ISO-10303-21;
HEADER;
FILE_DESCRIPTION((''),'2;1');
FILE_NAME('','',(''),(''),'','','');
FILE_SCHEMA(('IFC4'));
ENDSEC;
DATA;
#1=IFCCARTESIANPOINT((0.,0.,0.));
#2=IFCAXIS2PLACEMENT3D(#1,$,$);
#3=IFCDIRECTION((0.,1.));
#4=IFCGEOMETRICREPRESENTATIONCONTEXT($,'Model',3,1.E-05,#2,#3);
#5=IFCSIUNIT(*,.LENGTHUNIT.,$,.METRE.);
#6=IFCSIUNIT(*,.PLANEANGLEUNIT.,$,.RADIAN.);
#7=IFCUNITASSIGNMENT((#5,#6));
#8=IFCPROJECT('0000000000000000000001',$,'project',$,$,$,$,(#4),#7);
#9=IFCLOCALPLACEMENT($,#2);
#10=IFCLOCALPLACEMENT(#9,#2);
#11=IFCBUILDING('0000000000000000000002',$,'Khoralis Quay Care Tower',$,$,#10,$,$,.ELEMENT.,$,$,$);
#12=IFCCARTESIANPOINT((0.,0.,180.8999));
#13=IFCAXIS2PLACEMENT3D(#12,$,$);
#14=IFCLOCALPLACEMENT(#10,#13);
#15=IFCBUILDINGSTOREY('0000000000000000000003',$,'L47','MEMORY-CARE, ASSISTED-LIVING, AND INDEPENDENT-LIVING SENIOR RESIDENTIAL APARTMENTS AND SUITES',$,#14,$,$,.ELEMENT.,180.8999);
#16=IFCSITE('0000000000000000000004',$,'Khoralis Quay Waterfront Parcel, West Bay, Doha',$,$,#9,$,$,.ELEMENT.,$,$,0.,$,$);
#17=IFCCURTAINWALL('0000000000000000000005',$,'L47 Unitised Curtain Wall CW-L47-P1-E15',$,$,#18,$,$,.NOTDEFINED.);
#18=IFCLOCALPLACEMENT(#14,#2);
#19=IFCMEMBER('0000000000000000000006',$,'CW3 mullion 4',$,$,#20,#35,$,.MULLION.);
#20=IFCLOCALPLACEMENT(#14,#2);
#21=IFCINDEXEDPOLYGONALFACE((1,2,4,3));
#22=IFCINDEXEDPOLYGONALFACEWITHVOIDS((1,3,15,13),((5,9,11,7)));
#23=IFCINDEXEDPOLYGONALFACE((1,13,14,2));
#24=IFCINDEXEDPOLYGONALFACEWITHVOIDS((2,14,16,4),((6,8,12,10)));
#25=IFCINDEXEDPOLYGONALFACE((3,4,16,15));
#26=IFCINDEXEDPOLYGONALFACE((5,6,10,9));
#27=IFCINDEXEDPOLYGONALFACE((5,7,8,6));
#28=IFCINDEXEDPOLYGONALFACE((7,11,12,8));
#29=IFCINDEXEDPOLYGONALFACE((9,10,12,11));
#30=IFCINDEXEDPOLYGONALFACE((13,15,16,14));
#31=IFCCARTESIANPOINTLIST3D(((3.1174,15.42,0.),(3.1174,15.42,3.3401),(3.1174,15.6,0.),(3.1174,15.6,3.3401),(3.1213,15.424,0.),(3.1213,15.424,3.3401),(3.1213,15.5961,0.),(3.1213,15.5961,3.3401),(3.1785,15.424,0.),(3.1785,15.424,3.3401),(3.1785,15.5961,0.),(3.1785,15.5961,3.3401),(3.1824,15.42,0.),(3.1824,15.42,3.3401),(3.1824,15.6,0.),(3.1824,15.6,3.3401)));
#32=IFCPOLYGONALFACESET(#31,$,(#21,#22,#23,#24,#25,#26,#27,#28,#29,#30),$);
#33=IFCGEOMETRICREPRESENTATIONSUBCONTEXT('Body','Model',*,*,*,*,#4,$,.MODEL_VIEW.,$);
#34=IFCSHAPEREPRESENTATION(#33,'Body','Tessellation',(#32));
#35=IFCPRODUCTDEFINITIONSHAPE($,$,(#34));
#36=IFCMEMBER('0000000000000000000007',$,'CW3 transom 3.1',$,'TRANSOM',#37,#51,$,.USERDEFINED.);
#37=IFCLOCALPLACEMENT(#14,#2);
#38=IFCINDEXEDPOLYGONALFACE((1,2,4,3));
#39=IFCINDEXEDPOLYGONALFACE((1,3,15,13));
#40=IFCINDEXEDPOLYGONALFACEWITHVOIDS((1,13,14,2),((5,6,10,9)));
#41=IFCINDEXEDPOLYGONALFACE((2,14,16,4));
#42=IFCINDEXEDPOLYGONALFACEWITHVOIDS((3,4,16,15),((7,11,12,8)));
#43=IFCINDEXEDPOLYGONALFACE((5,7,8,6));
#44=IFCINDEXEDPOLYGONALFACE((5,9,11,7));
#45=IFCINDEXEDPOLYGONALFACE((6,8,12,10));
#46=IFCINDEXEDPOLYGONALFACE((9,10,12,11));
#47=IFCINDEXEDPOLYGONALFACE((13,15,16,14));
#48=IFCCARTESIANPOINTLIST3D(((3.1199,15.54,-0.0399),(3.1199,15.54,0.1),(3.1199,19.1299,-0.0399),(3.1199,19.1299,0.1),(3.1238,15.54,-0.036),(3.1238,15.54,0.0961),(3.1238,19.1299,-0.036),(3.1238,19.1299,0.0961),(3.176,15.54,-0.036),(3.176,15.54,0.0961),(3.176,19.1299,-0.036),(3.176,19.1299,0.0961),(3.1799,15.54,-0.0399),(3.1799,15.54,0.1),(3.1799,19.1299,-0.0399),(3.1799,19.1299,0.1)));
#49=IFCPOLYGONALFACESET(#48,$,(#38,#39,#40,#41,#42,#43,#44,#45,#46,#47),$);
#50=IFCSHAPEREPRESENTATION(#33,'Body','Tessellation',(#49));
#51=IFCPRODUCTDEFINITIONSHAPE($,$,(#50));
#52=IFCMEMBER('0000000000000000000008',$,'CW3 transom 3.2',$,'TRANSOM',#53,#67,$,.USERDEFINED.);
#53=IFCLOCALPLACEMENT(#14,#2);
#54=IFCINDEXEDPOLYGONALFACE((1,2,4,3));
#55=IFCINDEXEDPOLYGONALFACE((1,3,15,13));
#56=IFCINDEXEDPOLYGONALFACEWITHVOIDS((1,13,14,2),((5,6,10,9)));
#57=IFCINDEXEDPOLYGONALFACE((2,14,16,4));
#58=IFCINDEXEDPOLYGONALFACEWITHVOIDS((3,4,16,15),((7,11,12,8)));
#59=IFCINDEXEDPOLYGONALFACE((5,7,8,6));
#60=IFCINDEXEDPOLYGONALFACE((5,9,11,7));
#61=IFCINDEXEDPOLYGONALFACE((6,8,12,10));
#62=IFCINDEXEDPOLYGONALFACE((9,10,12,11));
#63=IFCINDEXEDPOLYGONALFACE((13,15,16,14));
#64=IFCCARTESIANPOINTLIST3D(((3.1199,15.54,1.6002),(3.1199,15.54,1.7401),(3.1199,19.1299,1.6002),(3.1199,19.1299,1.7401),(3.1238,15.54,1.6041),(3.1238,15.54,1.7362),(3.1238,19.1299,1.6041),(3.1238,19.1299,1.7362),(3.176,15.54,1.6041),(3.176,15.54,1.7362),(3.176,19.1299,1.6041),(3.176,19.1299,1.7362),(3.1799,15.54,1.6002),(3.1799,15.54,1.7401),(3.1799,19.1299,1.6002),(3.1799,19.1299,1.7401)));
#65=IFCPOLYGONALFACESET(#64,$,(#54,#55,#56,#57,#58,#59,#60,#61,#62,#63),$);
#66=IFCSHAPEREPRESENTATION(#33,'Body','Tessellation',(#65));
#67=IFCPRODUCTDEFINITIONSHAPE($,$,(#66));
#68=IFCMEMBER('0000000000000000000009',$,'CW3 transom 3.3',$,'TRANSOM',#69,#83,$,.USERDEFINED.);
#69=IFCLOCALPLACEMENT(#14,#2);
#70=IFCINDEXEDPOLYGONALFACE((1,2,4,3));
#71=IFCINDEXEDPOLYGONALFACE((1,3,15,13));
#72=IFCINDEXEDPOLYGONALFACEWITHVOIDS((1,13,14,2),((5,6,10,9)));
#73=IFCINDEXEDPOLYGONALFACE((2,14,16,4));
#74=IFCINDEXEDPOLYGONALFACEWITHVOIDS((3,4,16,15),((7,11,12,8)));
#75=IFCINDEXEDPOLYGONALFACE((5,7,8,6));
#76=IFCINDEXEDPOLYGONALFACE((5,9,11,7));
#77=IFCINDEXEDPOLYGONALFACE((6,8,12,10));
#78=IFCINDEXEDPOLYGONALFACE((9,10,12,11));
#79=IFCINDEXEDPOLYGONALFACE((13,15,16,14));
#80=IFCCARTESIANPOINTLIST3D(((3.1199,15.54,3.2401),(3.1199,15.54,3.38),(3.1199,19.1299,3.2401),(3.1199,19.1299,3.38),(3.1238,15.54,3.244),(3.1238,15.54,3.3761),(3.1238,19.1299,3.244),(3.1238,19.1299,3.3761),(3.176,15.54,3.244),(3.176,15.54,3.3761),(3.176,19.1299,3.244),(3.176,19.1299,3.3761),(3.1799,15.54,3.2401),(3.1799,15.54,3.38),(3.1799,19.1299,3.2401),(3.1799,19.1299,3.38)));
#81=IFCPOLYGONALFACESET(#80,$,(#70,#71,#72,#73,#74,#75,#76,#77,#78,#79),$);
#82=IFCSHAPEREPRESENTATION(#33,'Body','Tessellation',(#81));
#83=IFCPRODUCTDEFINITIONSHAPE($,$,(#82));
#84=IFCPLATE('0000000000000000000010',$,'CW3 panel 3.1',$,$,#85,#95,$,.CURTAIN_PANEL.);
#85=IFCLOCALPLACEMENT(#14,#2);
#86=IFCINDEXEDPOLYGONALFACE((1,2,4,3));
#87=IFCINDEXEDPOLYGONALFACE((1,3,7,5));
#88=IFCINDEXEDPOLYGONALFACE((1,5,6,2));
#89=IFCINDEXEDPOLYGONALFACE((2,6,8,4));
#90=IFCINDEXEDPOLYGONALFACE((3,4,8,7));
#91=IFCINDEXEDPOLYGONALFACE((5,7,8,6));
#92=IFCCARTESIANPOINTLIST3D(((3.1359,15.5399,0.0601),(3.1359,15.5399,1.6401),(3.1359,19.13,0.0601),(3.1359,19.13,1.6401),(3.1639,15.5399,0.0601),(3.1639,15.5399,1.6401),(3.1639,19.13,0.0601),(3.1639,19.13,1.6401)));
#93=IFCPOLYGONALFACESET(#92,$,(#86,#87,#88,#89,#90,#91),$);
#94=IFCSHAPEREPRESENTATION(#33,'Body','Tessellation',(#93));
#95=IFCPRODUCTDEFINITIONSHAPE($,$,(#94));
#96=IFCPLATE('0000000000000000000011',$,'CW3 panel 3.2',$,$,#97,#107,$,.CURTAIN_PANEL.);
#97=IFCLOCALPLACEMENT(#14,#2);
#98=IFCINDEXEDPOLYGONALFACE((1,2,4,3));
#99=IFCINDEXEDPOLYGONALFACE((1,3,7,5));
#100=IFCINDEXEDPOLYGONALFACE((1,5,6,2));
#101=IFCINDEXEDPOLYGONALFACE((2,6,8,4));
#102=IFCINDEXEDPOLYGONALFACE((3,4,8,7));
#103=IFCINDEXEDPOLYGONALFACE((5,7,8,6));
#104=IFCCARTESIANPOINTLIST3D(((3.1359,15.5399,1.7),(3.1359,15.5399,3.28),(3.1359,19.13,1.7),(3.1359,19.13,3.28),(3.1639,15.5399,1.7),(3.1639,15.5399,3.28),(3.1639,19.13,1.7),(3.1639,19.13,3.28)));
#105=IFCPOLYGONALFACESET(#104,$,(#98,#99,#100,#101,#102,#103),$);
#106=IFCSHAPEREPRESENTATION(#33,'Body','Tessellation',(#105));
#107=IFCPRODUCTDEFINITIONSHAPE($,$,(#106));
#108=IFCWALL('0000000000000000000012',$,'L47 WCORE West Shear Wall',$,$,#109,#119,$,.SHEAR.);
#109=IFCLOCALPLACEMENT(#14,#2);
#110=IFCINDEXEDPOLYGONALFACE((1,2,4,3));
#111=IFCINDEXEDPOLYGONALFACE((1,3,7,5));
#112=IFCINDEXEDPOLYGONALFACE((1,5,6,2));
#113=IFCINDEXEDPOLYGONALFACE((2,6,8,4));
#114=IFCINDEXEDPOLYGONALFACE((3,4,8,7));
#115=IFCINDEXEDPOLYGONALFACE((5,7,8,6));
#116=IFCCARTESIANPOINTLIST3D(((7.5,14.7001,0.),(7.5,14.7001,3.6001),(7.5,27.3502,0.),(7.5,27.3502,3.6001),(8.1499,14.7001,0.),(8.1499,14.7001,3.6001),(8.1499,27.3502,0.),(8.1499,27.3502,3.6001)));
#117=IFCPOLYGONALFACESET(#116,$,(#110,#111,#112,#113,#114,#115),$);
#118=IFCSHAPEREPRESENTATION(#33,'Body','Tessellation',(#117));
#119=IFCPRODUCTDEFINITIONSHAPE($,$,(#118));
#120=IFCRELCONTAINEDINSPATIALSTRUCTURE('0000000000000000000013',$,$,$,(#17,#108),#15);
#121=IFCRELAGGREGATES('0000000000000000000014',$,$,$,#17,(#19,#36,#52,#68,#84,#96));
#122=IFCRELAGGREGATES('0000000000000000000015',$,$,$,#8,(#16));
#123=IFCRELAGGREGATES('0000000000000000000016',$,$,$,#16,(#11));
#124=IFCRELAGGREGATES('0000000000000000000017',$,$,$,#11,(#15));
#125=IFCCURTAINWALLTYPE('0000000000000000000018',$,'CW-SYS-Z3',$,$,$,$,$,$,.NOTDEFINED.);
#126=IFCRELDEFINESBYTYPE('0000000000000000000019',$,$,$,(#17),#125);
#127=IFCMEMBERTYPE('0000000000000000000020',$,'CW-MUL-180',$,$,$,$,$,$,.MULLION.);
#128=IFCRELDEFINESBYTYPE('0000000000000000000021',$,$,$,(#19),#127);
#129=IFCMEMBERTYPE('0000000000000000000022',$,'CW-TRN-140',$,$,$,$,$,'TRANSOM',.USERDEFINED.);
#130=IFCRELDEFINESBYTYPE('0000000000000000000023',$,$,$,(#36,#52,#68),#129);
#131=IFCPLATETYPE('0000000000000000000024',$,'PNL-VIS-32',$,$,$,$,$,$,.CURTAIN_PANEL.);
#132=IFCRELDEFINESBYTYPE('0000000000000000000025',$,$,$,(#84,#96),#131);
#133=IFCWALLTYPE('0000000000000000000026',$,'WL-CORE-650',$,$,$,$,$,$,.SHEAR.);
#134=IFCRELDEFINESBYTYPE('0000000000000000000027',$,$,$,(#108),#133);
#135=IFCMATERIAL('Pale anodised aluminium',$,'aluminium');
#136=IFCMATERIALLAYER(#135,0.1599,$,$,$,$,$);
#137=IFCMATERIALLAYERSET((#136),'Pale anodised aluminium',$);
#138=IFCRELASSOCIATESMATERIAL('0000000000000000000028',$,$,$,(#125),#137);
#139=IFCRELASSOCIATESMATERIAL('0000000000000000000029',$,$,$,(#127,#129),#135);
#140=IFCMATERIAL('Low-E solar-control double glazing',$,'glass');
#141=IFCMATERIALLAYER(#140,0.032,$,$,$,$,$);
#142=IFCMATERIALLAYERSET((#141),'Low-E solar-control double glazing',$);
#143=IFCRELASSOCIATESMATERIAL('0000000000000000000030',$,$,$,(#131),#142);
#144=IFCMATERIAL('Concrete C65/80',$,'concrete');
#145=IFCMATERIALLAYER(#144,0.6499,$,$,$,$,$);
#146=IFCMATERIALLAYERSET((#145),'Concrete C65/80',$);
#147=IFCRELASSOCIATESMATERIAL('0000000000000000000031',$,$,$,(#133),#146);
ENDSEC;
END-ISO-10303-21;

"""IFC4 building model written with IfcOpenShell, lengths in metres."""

from ifc_helpers import new_model, si_unit, direction, frame, frame_2d, origin, origin_2d, place, context, subcontext, project, spatial, rectangle, hollow_rectangle, extrude, source, transform, mapped, material, layer, layer_set, material_profile, profile_set, type_object, element, aggregate, save


model = new_model("IFC4")

# Units and contexts
model_context = context("Model", 3, precision=1e-05, world=origin(), true_north=direction((0.0, 1.0)))
body_context = subcontext(model_context, "Body", "Model", "MODEL_VIEW")
ifc_project = project(units=[si_unit("LENGTHUNIT", "METRE"), si_unit("PLANEANGLEUNIT", "RADIAN")], contexts=[model_context])

# Site, building, storey
site_placement = place(None, origin())
site = spatial("IfcSite", under=ifc_project, at=site_placement, Name="Khoralis Quay Waterfront Parcel, West Bay, Doha", CompositionType="ELEMENT", RefElevation=0.0)
building_placement = place(site_placement, origin())
building = spatial("IfcBuilding", under=site, at=building_placement, Name="Khoralis Quay Care Tower", CompositionType="ELEMENT")
storey_placement = place(building_placement, frame((0.0, 0.0, 180.8999)))
storey = spatial("IfcBuildingStorey", under=building, at=storey_placement, Name="L47", Description="MEMORY-CARE, ASSISTED-LIVING, AND INDEPENDENT-LIVING SENIOR RESIDENTIAL APARTMENTS AND SUITES", CompositionType="ELEMENT", Elevation=180.8999)

# Shared definitions
ifc_material_1 = material(Name="Concrete C65/80", Category="concrete")

# Curtain wall, members, plates
ifc_material_2 = material(Name="Pale anodised aluminium", Category="aluminium")
ifc_layer_1 = layer(ifc_material_2, 0.1599)
ifc_layer_set_1 = layer_set([ifc_layer_1], Name="Pale anodised aluminium")
curtain_wall_type = type_object("IfcCurtainWallType", Name="CW-SYS-Z3", PredefinedType="NOTDEFINED", material=ifc_layer_set_1)
curtain_wall_placement = place(storey_placement, origin())
curtain_wall = element("IfcCurtainWall", 1, at=curtain_wall_placement, inside=storey, type_object=curtain_wall_type, Name="L47 Unitised Curtain Wall CW-L47-P1-E15", PredefinedType="NOTDEFINED")
ifc_material_profile_1 = material_profile(ifc_material_2, hollow_rectangle(XDim=0.0649, YDim=0.1799, WallThickness=0.0039, at=origin_2d()), Name="Pale anodised aluminium")
ifc_profile_set_1 = profile_set([ifc_material_profile_1], Name="Pale anodised aluminium")
member_type_1 = type_object("IfcMemberType", Name="CW-MUL-180", PredefinedType="MULLION", material=ifc_profile_set_1)
shared_shape_1 = source(origin(), body_context, "Body", "SweptSolid", [
    extrude(hollow_rectangle(XDim=0.0649, YDim=0.1799, WallThickness=0.0039, at=origin_2d()), origin(), (0.0, 0.0, 1.0), 3.3401),
])
member_1_placement = place(storey_placement, frame((3.1499, 15.51, 0.0), z_axis=(0.0, 0.0, 1.0), x_axis=(1.0, 0.0, 0.0)))
member_1 = element("IfcMember", 2, at=member_1_placement, type_object=member_type_1, Name="CW3 mullion 4", PredefinedType="MULLION", context=body_context, shape_type="MappedRepresentation", body=[
    mapped(shared_shape_1, transform((0.0, 0.0, 0.0), scale=1.0)),
])
ifc_material_profile_2 = material_profile(ifc_material_2, hollow_rectangle(XDim=0.0601, YDim=0.1399, WallThickness=0.0039, at=origin_2d()), Name="Pale anodised aluminium")
ifc_profile_set_2 = profile_set([ifc_material_profile_2], Name="Pale anodised aluminium")
member_type_2 = type_object("IfcMemberType", Name="CW-TRN-140", ElementType="TRANSOM", PredefinedType="USERDEFINED", material=ifc_profile_set_2)
shared_shape_2 = source(origin(), body_context, "Body", "SweptSolid", [
    extrude(hollow_rectangle(XDim=0.0601, YDim=0.1399, WallThickness=0.0039, at=origin_2d()), origin(), (0.0, 0.0, 1.0), 3.5898),
])
member_2_placement = place(storey_placement, frame((3.1499, 19.1299, 0.03), z_axis=(0.0, -1.0, 0.0), x_axis=(1.0, 0.0, 0.0)))
member_2 = element("IfcMember", 3, at=member_2_placement, type_object=member_type_2, Name="CW3 transom 3.1", ObjectType="TRANSOM", PredefinedType="USERDEFINED", context=body_context, shape_type="MappedRepresentation", body=[
    mapped(shared_shape_2, transform((0.0, 0.0, 0.0), scale=1.0)),
])
member_3_placement = place(storey_placement, frame((3.1499, 19.1299, 1.6702), z_axis=(0.0, -1.0, 0.0), x_axis=(1.0, 0.0, 0.0)))
member_3 = element("IfcMember", 4, at=member_3_placement, type_object=member_type_2, Name="CW3 transom 3.2", ObjectType="TRANSOM", PredefinedType="USERDEFINED", context=body_context, shape_type="MappedRepresentation", body=[
    mapped(shared_shape_2, transform((0.0, 0.0, 0.0), scale=1.0)),
])
member_4_placement = place(storey_placement, frame((3.1499, 19.1299, 3.3101), z_axis=(0.0, -1.0, 0.0), x_axis=(1.0, 0.0, 0.0)))
member_4 = element("IfcMember", 5, at=member_4_placement, type_object=member_type_2, Name="CW3 transom 3.3", ObjectType="TRANSOM", PredefinedType="USERDEFINED", context=body_context, shape_type="MappedRepresentation", body=[
    mapped(shared_shape_2, transform((0.0, 0.0, 0.0), scale=1.0)),
])
ifc_material_3 = material(Name="Low-E solar-control double glazing", Category="glass")
ifc_layer_2 = layer(ifc_material_3, 0.032)
ifc_layer_set_2 = layer_set([ifc_layer_2], Name="Low-E solar-control double glazing")
plate_type = type_object("IfcPlateType", Name="PNL-VIS-32", PredefinedType="CURTAIN_PANEL", material=ifc_layer_set_2)
shared_shape_3 = source(origin(), body_context, "Body", "SweptSolid", [
    extrude(rectangle(XDim=3.5901, YDim=0.0281, at=origin_2d()), origin(), (0.0, 0.0, 1.0), 1.5801),
])
plate_1_placement = place(storey_placement, frame((3.1499, 17.335, 0.0601), z_axis=(0.0, 0.0, 1.0), x_axis=(0.0, -1.0, 0.0)))
plate_1 = element("IfcPlate", 6, at=plate_1_placement, type_object=plate_type, Name="CW3 panel 3.1", PredefinedType="CURTAIN_PANEL", context=body_context, shape_type="MappedRepresentation", body=[
    mapped(shared_shape_3, transform((0.0, 0.0, 0.0), scale=1.0)),
])
plate_2_placement = place(storey_placement, frame((3.1499, 17.335, 1.7), z_axis=(0.0, 0.0, 1.0), x_axis=(0.0, -1.0, 0.0)))
plate_2 = element("IfcPlate", 7, at=plate_2_placement, type_object=plate_type, Name="CW3 panel 3.2", PredefinedType="CURTAIN_PANEL", context=body_context, shape_type="MappedRepresentation", body=[
    mapped(shared_shape_3, transform((0.0, 0.0, 0.0), scale=1.0)),
])
aggregate(curtain_wall, [member_1, member_2, member_3, member_4, plate_1, plate_2])

# Wall
ifc_layer_3 = layer(ifc_material_1, 0.6499)
ifc_layer_set_3 = layer_set([ifc_layer_3], Name="Concrete C65/80")
wall_type_1 = type_object("IfcWallType", Name="WL-CORE-650", PredefinedType="SHEAR", material=ifc_layer_set_3)
wall_1_placement = place(storey_placement, frame((7.825, 14.7, 0.0), z_axis=(0.0, 0.0, 1.0), x_axis=(0.0, 1.0, 0.0)))
element("IfcWall", 8, at=wall_1_placement, inside=storey, type_object=wall_type_1, Name="L47 WCORE West Shear Wall", PredefinedType="SHEAR", context=body_context, shape_type="SweptSolid", body=[
    extrude(rectangle(XDim=12.6501, YDim=0.6499, at=frame_2d((6.3252, 0.0))), origin(), (0.0, 0.0, 1.0), 3.6001),
])

save(model, "model.ifc")
